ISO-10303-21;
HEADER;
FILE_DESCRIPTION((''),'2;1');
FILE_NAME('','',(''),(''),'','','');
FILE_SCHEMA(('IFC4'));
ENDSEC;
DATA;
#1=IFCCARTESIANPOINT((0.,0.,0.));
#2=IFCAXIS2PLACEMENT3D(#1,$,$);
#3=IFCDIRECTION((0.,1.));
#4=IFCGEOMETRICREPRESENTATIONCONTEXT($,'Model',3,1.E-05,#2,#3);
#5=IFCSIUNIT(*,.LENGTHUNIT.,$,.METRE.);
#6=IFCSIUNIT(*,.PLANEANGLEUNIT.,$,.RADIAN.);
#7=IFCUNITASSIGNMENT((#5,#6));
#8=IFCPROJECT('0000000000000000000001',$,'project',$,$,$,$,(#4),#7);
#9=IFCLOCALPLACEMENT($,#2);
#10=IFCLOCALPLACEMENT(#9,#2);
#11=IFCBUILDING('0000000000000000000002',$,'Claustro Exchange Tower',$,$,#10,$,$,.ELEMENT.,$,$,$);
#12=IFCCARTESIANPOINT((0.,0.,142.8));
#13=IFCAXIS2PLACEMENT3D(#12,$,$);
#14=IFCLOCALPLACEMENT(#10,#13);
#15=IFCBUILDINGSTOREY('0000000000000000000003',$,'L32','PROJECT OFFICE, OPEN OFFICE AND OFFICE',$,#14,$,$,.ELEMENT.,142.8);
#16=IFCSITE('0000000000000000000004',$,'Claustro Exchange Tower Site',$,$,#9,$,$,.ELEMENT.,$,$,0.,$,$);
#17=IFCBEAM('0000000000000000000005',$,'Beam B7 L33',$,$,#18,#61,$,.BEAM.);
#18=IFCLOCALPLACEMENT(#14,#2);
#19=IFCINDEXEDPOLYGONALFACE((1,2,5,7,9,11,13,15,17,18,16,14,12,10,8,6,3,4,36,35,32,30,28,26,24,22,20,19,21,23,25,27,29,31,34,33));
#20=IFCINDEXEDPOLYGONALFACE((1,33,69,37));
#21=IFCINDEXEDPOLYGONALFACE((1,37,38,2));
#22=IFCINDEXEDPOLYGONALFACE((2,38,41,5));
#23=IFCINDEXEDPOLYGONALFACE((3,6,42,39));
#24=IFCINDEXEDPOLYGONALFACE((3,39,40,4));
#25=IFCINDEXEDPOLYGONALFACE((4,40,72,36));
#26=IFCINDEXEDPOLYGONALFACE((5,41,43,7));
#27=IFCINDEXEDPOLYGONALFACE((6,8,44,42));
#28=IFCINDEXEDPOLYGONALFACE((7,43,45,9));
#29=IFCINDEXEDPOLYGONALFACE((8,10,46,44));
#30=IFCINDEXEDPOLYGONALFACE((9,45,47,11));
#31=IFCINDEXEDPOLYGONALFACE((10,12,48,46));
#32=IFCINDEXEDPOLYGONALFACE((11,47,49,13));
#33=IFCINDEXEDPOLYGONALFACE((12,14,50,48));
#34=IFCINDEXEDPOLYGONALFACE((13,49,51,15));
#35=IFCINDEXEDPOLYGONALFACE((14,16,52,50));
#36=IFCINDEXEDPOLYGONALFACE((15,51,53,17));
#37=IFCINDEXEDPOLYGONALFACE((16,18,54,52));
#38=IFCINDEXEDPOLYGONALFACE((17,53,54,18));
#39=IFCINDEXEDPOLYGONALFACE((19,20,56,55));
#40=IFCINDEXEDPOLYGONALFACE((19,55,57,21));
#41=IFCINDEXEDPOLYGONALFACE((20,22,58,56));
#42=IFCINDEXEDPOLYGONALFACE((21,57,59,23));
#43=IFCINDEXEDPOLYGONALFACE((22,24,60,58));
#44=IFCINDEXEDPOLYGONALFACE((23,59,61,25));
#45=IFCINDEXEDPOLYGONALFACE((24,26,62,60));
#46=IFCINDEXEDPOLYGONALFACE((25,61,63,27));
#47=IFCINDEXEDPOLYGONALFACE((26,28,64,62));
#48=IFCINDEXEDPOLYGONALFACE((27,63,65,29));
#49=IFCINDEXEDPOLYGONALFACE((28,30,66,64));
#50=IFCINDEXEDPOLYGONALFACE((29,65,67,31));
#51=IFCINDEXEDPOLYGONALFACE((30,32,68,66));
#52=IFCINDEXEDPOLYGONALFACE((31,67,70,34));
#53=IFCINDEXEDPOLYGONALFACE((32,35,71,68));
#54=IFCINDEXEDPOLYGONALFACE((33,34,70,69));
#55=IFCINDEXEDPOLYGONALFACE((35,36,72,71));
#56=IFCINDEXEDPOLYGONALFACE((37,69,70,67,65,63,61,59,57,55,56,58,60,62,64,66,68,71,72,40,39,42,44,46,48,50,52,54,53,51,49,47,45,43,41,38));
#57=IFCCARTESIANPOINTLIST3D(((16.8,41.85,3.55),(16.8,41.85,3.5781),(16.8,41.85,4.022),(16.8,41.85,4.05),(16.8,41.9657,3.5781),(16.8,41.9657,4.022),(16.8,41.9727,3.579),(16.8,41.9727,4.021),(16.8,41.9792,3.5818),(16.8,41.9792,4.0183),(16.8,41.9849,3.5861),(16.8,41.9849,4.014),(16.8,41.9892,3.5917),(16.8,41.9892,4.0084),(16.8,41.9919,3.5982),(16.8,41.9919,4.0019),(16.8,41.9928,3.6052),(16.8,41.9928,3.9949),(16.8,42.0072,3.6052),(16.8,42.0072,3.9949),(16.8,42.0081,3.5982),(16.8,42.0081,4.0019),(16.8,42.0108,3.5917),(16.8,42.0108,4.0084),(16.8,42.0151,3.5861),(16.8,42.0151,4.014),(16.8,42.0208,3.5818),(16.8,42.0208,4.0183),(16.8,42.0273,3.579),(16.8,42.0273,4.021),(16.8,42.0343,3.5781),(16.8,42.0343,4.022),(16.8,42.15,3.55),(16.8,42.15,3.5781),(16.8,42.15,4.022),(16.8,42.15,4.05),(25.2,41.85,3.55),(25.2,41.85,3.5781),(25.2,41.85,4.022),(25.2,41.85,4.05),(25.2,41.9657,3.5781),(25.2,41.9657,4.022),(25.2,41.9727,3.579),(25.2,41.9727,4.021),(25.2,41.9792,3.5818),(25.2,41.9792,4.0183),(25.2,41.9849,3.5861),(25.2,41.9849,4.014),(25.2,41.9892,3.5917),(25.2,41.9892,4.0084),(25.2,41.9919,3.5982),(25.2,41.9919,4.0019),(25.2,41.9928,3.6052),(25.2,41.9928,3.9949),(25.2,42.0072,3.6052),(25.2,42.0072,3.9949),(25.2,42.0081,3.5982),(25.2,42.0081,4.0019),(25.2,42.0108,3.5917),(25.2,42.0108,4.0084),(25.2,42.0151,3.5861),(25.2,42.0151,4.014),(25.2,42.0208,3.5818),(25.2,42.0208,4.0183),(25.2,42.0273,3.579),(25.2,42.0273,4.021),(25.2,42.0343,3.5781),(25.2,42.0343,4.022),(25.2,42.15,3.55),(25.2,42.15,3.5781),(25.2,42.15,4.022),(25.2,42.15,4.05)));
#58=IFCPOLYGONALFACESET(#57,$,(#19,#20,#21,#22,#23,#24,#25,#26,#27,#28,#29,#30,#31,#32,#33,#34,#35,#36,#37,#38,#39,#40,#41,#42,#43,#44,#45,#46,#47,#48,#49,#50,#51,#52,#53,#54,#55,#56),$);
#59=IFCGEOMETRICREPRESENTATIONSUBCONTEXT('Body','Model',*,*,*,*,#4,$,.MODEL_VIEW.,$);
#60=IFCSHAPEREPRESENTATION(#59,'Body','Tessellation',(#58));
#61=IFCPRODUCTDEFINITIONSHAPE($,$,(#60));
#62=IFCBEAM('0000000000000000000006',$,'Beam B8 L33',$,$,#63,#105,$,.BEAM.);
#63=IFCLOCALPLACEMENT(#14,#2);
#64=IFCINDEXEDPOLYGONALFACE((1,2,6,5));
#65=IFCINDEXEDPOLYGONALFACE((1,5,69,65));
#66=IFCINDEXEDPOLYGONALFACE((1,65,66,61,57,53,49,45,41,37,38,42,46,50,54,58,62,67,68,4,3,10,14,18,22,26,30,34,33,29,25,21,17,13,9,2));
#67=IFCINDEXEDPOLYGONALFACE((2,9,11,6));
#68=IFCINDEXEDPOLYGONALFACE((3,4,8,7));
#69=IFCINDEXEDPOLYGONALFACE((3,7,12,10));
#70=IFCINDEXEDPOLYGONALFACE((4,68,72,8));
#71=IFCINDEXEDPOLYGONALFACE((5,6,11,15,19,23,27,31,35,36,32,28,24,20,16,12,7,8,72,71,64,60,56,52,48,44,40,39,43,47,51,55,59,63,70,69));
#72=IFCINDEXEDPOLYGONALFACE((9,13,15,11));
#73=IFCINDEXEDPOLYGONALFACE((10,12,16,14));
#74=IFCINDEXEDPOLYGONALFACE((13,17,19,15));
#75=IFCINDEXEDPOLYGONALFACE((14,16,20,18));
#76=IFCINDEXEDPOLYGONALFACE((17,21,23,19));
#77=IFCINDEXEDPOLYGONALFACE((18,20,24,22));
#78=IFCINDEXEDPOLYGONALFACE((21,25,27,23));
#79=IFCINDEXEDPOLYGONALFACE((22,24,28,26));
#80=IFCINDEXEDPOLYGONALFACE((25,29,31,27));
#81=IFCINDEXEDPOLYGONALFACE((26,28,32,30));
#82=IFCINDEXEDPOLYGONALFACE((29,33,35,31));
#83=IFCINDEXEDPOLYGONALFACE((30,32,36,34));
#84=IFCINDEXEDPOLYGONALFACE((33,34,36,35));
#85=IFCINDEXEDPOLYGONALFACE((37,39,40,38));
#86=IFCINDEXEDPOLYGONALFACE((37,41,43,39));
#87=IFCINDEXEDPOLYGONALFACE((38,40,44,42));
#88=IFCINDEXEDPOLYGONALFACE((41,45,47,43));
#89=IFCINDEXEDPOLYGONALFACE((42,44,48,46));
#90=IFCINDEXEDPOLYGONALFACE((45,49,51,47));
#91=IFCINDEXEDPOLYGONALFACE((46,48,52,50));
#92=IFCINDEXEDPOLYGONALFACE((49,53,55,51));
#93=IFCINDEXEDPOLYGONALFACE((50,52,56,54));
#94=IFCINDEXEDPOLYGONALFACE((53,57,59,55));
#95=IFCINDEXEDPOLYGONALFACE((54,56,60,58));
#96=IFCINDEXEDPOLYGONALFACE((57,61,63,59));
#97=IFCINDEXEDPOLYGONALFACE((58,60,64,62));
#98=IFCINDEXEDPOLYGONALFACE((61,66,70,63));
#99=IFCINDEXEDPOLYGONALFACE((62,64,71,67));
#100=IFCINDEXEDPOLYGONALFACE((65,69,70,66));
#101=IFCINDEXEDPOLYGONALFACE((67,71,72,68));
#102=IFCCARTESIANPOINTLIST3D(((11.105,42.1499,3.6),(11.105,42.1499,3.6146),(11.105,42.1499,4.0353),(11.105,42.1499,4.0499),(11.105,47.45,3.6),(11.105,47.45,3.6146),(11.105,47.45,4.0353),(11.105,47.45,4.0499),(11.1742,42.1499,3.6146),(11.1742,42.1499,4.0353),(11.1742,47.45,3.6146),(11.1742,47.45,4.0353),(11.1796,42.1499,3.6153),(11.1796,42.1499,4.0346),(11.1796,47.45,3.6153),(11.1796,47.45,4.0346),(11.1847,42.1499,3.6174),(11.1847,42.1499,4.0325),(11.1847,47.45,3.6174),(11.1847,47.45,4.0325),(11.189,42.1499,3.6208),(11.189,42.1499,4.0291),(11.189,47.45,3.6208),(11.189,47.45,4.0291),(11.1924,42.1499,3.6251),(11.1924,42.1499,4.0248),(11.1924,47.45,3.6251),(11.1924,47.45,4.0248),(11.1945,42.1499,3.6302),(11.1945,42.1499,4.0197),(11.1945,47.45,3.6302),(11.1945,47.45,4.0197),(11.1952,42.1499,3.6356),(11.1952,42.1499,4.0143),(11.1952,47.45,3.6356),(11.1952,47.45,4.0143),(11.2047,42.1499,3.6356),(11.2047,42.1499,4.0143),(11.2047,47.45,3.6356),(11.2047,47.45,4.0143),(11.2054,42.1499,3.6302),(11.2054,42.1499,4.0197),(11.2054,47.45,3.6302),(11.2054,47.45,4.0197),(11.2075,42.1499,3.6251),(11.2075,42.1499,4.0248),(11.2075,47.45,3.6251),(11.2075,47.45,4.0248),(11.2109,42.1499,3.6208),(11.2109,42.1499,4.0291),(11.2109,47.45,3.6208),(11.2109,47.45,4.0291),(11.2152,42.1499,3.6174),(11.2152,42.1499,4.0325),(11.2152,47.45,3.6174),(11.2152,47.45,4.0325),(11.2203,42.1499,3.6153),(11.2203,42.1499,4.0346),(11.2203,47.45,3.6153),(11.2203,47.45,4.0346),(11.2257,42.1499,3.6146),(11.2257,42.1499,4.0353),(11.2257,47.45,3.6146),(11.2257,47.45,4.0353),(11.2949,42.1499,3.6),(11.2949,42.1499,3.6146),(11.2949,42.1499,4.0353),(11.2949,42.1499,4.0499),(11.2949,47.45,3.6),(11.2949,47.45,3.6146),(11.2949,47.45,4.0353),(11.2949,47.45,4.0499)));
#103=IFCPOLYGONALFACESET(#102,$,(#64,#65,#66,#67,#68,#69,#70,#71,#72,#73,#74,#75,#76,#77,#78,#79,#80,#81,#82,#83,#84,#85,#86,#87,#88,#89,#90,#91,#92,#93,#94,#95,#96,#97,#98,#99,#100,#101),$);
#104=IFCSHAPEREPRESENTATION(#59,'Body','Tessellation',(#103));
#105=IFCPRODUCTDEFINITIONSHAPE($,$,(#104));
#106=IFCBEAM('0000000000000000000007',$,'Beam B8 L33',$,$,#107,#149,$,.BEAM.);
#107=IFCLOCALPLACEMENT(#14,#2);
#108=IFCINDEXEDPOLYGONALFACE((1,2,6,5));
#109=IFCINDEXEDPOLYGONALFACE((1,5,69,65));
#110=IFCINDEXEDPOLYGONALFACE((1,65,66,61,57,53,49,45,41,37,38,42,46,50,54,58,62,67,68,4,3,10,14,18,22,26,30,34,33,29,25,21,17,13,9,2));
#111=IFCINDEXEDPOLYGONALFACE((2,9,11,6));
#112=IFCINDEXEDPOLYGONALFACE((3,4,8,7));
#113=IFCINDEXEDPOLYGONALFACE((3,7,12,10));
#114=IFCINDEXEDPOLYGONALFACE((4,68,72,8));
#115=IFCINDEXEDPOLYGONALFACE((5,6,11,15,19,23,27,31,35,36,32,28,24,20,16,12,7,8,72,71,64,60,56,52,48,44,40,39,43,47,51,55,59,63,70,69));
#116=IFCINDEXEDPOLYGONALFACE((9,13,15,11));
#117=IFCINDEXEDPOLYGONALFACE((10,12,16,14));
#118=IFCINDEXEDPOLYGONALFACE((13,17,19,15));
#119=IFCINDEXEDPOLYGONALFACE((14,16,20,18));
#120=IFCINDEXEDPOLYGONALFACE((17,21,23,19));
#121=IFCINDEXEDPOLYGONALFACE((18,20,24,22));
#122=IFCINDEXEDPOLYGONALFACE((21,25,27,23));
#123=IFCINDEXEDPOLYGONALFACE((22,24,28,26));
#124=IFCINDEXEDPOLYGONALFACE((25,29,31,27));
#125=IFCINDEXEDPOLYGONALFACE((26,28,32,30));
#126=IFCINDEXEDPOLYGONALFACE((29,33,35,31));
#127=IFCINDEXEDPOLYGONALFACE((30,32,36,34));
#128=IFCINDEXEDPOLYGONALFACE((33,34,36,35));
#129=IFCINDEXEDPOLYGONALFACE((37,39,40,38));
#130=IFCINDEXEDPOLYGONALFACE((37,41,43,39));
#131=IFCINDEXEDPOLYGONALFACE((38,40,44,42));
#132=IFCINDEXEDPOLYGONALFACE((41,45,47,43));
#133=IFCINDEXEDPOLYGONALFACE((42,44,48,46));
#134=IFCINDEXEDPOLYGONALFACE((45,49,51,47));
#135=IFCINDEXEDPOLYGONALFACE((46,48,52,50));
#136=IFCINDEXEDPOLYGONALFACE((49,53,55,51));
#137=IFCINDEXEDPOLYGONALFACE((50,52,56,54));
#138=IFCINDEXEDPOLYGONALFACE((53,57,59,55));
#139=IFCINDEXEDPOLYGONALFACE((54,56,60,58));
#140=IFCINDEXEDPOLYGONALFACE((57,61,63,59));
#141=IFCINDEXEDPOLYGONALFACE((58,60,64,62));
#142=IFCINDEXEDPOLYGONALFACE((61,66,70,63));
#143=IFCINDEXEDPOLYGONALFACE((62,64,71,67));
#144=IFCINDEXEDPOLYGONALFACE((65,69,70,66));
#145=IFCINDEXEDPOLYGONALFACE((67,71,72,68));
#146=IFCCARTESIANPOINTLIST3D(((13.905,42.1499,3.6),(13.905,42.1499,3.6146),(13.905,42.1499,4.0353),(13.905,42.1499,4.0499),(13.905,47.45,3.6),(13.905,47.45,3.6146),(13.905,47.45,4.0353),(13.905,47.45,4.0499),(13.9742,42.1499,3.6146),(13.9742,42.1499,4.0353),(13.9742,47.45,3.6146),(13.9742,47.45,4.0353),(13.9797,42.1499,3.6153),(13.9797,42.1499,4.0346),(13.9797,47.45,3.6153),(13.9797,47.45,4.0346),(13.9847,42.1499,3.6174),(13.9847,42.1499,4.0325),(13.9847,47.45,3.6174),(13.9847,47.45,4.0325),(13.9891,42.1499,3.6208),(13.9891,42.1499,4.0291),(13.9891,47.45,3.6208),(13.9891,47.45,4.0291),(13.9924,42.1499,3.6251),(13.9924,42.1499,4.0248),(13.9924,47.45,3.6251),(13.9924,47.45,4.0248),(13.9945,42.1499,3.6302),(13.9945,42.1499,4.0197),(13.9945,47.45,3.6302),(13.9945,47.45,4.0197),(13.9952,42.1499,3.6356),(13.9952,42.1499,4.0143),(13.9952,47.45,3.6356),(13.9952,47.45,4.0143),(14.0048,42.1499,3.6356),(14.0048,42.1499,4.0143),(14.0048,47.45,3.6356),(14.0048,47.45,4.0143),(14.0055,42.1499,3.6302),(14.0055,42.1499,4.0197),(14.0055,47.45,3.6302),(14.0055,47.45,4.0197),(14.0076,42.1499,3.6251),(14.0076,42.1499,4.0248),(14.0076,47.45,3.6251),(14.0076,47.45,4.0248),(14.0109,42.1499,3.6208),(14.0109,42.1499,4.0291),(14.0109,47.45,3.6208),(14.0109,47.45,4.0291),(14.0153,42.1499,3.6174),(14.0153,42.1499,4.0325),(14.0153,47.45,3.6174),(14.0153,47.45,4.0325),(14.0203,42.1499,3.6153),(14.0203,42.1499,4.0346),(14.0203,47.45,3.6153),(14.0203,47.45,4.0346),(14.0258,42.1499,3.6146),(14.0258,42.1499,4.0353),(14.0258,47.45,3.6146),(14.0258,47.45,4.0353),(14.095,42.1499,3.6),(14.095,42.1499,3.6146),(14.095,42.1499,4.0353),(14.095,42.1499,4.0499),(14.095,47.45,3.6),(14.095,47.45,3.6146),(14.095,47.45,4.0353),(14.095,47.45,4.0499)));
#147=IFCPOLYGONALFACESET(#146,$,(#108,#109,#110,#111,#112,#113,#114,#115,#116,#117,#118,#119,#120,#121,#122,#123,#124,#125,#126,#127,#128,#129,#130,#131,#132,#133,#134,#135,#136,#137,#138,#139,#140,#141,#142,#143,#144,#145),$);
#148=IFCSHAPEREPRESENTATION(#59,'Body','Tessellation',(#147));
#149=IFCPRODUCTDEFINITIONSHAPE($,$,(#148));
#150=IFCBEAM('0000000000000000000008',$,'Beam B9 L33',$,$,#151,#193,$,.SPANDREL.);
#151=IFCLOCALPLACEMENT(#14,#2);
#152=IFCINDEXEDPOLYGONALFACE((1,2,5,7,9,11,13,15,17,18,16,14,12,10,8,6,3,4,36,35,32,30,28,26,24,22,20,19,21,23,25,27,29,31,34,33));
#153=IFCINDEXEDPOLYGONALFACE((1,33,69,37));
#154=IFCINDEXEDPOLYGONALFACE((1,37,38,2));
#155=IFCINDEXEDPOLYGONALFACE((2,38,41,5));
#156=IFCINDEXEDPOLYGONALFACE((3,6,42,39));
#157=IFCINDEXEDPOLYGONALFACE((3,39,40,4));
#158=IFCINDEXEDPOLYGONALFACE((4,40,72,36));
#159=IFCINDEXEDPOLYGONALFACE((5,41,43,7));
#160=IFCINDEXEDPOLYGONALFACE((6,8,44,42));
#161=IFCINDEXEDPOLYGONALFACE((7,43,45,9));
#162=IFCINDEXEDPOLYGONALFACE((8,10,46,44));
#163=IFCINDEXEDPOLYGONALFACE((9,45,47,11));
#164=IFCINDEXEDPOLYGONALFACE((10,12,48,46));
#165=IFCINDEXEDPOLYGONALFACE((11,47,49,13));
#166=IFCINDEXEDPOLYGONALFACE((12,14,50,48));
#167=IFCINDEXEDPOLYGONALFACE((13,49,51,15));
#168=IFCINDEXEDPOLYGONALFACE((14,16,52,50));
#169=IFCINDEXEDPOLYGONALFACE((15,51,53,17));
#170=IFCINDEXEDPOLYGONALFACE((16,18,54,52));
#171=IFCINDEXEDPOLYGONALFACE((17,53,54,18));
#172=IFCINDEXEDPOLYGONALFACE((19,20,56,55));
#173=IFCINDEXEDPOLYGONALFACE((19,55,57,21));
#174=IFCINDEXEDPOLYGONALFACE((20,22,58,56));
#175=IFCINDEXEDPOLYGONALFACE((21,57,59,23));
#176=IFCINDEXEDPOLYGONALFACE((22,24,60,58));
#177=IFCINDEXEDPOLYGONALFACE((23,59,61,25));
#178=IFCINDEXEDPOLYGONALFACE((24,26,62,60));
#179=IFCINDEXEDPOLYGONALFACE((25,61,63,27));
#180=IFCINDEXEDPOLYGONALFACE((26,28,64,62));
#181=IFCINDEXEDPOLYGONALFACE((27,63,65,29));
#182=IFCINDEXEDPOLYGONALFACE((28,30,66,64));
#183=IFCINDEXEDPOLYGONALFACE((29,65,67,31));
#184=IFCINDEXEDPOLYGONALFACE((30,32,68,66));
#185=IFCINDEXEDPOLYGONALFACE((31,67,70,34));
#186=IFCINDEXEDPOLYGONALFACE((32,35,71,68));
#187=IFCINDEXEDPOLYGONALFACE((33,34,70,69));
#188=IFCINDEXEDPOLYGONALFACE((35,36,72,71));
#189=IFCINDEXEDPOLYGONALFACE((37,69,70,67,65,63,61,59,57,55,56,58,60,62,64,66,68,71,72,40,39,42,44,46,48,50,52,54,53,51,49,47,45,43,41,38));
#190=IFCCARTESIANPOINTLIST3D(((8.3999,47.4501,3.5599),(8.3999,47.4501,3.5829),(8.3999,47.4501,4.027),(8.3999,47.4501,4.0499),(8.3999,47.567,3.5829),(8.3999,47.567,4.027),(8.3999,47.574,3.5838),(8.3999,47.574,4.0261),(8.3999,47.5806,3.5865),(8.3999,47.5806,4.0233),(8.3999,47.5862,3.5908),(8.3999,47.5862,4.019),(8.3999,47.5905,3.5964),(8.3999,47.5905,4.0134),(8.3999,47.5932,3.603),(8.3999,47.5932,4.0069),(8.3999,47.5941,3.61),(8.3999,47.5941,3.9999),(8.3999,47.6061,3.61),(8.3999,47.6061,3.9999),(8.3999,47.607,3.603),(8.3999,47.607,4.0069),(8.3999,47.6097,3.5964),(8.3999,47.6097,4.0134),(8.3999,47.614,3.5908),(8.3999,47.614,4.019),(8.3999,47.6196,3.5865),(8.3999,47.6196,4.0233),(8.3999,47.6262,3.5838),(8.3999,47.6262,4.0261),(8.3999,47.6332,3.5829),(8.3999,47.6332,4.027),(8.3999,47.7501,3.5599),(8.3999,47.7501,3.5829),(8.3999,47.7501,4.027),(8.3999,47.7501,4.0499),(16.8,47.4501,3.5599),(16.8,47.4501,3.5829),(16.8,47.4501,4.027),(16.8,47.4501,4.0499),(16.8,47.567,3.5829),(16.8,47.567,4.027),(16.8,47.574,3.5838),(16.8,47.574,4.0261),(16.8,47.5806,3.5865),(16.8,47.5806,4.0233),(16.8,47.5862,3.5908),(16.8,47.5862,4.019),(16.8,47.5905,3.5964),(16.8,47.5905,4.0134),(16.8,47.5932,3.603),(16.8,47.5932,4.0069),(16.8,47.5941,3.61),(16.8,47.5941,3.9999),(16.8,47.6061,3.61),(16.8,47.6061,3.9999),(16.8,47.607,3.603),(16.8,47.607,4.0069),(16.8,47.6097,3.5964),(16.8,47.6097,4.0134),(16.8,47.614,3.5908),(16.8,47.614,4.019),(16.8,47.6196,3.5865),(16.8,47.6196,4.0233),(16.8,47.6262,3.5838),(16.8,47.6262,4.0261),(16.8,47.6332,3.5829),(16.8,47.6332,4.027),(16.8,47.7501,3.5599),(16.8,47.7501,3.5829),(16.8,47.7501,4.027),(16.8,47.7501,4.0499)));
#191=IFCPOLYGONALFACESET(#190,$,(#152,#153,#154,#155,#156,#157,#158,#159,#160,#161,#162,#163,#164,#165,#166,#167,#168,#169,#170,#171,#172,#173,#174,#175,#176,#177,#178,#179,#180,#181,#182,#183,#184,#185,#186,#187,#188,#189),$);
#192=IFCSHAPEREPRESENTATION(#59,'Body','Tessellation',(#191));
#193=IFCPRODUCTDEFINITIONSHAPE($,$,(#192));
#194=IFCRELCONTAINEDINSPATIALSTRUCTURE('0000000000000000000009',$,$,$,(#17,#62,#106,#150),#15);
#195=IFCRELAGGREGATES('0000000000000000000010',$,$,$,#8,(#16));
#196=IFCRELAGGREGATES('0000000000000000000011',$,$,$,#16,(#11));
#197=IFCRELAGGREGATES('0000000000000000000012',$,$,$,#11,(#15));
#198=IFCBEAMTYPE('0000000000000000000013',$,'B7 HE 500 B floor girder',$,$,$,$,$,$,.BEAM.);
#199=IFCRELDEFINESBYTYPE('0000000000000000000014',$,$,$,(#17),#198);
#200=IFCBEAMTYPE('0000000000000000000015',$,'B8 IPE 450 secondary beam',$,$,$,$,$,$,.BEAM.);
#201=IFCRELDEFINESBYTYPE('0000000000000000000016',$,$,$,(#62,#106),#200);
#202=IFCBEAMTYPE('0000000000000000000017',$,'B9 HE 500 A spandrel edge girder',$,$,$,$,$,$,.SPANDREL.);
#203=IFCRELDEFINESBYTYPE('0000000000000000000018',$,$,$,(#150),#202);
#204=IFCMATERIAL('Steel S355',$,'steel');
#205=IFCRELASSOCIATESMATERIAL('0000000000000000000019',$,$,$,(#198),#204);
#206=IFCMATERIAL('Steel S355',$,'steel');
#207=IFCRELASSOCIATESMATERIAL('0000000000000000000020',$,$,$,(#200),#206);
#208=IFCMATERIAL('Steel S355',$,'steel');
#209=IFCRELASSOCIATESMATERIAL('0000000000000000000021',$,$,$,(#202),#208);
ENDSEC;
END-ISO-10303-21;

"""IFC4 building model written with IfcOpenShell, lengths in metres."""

from ifc_helpers import new_model, si_unit, direction, frame, origin, origin_2d, place, context, subcontext, project, spatial, i_section, extrude, material, material_profile, profile_set, type_object, element, save


model = new_model("IFC4")

# Units and contexts
model_context = context("Model", 3, precision=1e-05, world=origin(), true_north=direction((0.0, 1.0)))
body_context = subcontext(model_context, "Body", "Model", "MODEL_VIEW")
ifc_project = project(units=[si_unit("LENGTHUNIT", "METRE"), si_unit("PLANEANGLEUNIT", "RADIAN")], contexts=[model_context])

# Site, building, storey
site_placement = place(None, origin())
site = spatial("IfcSite", under=ifc_project, at=site_placement, Name="Claustro Exchange Tower Site", CompositionType="ELEMENT", RefElevation=0.0)
building_placement = place(site_placement, origin())
building = spatial("IfcBuilding", under=site, at=building_placement, Name="Claustro Exchange Tower", CompositionType="ELEMENT")
storey_placement = place(building_placement, frame((0.0, 0.0, 142.8)))
storey = spatial("IfcBuildingStorey", under=building, at=storey_placement, Name="L32", Description="PROJECT OFFICE, OPEN OFFICE AND OFFICE", CompositionType="ELEMENT", Elevation=142.8)

# Beams
ifc_material_1 = material(Name="Steel S355", Category="steel")
ifc_material_profile_1 = material_profile(ifc_material_1, i_section(OverallWidth=0.3, OverallDepth=0.5, WebThickness=0.0144, FlangeThickness=0.0281, FilletRadius=0.0271, at=origin_2d()), Name="HE 500 B")
ifc_profile_set_1 = profile_set([ifc_material_profile_1], Name="Steel S355")
beam_type_1 = type_object("IfcBeamType", Name="B7 HE 500 B floor girder", PredefinedType="BEAM", material=ifc_profile_set_1)
beam_1_placement = place(storey_placement, frame((16.8, 42.0, 3.8), z_axis=(1.0, 0.0, 0.0), x_axis=(0.0, 1.0, 0.0)))
element("IfcBeam", 1, at=beam_1_placement, inside=storey, type_object=beam_type_1, Name="Beam B7 L33", PredefinedType="BEAM", context=body_context, shape_type="SweptSolid", body=[
    extrude(i_section(OverallWidth=0.3, OverallDepth=0.5, WebThickness=0.0144, FlangeThickness=0.0281, FilletRadius=0.0271, at=origin_2d()), origin(), (0.0, 0.0, 1.0), 8.3999),
])
ifc_material_2 = material(Name="Steel S355", Category="steel")
ifc_material_profile_2 = material_profile(ifc_material_2, i_section(OverallWidth=0.1899, OverallDepth=0.45, WebThickness=0.0095, FlangeThickness=0.0146, FilletRadius=0.021, at=origin_2d()), Name="IPE 450")
ifc_profile_set_2 = profile_set([ifc_material_profile_2], Name="Steel S355")
beam_type_2 = type_object("IfcBeamType", Name="B8 IPE 450 secondary beam", PredefinedType="BEAM", material=ifc_profile_set_2)
for number, where, z_axis, x_axis, name in (
    (2, (11.2, 42.1499, 3.825), (0.0, 1.0, 0.0), (-1.0, 0.0, 0.0), "Beam B8 L33"),
    (3, (14.0, 42.1499, 3.825), (0.0, 1.0, 0.0), (-1.0, 0.0, 0.0), "Beam B8 L33"),
):
    element("IfcBeam", number, at=place(storey_placement, frame(where, z_axis=z_axis, x_axis=x_axis)), inside=storey, type_object=beam_type_2, Name=name, PredefinedType="BEAM", context=body_context, shape_type="SweptSolid", body=[
        extrude(i_section(OverallWidth=0.1899, OverallDepth=0.45, WebThickness=0.0095, FlangeThickness=0.0146, FilletRadius=0.021, at=origin_2d()), origin(), (0.0, 0.0, 1.0), 5.3),
    ])
ifc_material_3 = material(Name="Steel S355", Category="steel")
ifc_material_profile_3 = material_profile(ifc_material_3, i_section(OverallWidth=0.3, OverallDepth=0.49, WebThickness=0.012, FlangeThickness=0.0229, FilletRadius=0.0271, at=origin_2d()), Name="HE 500 A")
ifc_profile_set_3 = profile_set([ifc_material_profile_3], Name="Steel S355")
beam_type_3 = type_object("IfcBeamType", Name="B9 HE 500 A spandrel edge girder", PredefinedType="SPANDREL", material=ifc_profile_set_3)
beam_2_placement = place(storey_placement, frame((8.3999, 47.6001, 3.8049), z_axis=(1.0, 0.0, 0.0), x_axis=(0.0, 1.0, 0.0)))
element("IfcBeam", 4, at=beam_2_placement, inside=storey, type_object=beam_type_3, Name="Beam B9 L33", PredefinedType="SPANDREL", context=body_context, shape_type="SweptSolid", body=[
    extrude(i_section(OverallWidth=0.3, OverallDepth=0.49, WebThickness=0.012, FlangeThickness=0.0229, FilletRadius=0.0271, at=origin_2d()), origin(), (0.0, 0.0, 1.0), 8.4001),
])

save(model, "model.ifc")
